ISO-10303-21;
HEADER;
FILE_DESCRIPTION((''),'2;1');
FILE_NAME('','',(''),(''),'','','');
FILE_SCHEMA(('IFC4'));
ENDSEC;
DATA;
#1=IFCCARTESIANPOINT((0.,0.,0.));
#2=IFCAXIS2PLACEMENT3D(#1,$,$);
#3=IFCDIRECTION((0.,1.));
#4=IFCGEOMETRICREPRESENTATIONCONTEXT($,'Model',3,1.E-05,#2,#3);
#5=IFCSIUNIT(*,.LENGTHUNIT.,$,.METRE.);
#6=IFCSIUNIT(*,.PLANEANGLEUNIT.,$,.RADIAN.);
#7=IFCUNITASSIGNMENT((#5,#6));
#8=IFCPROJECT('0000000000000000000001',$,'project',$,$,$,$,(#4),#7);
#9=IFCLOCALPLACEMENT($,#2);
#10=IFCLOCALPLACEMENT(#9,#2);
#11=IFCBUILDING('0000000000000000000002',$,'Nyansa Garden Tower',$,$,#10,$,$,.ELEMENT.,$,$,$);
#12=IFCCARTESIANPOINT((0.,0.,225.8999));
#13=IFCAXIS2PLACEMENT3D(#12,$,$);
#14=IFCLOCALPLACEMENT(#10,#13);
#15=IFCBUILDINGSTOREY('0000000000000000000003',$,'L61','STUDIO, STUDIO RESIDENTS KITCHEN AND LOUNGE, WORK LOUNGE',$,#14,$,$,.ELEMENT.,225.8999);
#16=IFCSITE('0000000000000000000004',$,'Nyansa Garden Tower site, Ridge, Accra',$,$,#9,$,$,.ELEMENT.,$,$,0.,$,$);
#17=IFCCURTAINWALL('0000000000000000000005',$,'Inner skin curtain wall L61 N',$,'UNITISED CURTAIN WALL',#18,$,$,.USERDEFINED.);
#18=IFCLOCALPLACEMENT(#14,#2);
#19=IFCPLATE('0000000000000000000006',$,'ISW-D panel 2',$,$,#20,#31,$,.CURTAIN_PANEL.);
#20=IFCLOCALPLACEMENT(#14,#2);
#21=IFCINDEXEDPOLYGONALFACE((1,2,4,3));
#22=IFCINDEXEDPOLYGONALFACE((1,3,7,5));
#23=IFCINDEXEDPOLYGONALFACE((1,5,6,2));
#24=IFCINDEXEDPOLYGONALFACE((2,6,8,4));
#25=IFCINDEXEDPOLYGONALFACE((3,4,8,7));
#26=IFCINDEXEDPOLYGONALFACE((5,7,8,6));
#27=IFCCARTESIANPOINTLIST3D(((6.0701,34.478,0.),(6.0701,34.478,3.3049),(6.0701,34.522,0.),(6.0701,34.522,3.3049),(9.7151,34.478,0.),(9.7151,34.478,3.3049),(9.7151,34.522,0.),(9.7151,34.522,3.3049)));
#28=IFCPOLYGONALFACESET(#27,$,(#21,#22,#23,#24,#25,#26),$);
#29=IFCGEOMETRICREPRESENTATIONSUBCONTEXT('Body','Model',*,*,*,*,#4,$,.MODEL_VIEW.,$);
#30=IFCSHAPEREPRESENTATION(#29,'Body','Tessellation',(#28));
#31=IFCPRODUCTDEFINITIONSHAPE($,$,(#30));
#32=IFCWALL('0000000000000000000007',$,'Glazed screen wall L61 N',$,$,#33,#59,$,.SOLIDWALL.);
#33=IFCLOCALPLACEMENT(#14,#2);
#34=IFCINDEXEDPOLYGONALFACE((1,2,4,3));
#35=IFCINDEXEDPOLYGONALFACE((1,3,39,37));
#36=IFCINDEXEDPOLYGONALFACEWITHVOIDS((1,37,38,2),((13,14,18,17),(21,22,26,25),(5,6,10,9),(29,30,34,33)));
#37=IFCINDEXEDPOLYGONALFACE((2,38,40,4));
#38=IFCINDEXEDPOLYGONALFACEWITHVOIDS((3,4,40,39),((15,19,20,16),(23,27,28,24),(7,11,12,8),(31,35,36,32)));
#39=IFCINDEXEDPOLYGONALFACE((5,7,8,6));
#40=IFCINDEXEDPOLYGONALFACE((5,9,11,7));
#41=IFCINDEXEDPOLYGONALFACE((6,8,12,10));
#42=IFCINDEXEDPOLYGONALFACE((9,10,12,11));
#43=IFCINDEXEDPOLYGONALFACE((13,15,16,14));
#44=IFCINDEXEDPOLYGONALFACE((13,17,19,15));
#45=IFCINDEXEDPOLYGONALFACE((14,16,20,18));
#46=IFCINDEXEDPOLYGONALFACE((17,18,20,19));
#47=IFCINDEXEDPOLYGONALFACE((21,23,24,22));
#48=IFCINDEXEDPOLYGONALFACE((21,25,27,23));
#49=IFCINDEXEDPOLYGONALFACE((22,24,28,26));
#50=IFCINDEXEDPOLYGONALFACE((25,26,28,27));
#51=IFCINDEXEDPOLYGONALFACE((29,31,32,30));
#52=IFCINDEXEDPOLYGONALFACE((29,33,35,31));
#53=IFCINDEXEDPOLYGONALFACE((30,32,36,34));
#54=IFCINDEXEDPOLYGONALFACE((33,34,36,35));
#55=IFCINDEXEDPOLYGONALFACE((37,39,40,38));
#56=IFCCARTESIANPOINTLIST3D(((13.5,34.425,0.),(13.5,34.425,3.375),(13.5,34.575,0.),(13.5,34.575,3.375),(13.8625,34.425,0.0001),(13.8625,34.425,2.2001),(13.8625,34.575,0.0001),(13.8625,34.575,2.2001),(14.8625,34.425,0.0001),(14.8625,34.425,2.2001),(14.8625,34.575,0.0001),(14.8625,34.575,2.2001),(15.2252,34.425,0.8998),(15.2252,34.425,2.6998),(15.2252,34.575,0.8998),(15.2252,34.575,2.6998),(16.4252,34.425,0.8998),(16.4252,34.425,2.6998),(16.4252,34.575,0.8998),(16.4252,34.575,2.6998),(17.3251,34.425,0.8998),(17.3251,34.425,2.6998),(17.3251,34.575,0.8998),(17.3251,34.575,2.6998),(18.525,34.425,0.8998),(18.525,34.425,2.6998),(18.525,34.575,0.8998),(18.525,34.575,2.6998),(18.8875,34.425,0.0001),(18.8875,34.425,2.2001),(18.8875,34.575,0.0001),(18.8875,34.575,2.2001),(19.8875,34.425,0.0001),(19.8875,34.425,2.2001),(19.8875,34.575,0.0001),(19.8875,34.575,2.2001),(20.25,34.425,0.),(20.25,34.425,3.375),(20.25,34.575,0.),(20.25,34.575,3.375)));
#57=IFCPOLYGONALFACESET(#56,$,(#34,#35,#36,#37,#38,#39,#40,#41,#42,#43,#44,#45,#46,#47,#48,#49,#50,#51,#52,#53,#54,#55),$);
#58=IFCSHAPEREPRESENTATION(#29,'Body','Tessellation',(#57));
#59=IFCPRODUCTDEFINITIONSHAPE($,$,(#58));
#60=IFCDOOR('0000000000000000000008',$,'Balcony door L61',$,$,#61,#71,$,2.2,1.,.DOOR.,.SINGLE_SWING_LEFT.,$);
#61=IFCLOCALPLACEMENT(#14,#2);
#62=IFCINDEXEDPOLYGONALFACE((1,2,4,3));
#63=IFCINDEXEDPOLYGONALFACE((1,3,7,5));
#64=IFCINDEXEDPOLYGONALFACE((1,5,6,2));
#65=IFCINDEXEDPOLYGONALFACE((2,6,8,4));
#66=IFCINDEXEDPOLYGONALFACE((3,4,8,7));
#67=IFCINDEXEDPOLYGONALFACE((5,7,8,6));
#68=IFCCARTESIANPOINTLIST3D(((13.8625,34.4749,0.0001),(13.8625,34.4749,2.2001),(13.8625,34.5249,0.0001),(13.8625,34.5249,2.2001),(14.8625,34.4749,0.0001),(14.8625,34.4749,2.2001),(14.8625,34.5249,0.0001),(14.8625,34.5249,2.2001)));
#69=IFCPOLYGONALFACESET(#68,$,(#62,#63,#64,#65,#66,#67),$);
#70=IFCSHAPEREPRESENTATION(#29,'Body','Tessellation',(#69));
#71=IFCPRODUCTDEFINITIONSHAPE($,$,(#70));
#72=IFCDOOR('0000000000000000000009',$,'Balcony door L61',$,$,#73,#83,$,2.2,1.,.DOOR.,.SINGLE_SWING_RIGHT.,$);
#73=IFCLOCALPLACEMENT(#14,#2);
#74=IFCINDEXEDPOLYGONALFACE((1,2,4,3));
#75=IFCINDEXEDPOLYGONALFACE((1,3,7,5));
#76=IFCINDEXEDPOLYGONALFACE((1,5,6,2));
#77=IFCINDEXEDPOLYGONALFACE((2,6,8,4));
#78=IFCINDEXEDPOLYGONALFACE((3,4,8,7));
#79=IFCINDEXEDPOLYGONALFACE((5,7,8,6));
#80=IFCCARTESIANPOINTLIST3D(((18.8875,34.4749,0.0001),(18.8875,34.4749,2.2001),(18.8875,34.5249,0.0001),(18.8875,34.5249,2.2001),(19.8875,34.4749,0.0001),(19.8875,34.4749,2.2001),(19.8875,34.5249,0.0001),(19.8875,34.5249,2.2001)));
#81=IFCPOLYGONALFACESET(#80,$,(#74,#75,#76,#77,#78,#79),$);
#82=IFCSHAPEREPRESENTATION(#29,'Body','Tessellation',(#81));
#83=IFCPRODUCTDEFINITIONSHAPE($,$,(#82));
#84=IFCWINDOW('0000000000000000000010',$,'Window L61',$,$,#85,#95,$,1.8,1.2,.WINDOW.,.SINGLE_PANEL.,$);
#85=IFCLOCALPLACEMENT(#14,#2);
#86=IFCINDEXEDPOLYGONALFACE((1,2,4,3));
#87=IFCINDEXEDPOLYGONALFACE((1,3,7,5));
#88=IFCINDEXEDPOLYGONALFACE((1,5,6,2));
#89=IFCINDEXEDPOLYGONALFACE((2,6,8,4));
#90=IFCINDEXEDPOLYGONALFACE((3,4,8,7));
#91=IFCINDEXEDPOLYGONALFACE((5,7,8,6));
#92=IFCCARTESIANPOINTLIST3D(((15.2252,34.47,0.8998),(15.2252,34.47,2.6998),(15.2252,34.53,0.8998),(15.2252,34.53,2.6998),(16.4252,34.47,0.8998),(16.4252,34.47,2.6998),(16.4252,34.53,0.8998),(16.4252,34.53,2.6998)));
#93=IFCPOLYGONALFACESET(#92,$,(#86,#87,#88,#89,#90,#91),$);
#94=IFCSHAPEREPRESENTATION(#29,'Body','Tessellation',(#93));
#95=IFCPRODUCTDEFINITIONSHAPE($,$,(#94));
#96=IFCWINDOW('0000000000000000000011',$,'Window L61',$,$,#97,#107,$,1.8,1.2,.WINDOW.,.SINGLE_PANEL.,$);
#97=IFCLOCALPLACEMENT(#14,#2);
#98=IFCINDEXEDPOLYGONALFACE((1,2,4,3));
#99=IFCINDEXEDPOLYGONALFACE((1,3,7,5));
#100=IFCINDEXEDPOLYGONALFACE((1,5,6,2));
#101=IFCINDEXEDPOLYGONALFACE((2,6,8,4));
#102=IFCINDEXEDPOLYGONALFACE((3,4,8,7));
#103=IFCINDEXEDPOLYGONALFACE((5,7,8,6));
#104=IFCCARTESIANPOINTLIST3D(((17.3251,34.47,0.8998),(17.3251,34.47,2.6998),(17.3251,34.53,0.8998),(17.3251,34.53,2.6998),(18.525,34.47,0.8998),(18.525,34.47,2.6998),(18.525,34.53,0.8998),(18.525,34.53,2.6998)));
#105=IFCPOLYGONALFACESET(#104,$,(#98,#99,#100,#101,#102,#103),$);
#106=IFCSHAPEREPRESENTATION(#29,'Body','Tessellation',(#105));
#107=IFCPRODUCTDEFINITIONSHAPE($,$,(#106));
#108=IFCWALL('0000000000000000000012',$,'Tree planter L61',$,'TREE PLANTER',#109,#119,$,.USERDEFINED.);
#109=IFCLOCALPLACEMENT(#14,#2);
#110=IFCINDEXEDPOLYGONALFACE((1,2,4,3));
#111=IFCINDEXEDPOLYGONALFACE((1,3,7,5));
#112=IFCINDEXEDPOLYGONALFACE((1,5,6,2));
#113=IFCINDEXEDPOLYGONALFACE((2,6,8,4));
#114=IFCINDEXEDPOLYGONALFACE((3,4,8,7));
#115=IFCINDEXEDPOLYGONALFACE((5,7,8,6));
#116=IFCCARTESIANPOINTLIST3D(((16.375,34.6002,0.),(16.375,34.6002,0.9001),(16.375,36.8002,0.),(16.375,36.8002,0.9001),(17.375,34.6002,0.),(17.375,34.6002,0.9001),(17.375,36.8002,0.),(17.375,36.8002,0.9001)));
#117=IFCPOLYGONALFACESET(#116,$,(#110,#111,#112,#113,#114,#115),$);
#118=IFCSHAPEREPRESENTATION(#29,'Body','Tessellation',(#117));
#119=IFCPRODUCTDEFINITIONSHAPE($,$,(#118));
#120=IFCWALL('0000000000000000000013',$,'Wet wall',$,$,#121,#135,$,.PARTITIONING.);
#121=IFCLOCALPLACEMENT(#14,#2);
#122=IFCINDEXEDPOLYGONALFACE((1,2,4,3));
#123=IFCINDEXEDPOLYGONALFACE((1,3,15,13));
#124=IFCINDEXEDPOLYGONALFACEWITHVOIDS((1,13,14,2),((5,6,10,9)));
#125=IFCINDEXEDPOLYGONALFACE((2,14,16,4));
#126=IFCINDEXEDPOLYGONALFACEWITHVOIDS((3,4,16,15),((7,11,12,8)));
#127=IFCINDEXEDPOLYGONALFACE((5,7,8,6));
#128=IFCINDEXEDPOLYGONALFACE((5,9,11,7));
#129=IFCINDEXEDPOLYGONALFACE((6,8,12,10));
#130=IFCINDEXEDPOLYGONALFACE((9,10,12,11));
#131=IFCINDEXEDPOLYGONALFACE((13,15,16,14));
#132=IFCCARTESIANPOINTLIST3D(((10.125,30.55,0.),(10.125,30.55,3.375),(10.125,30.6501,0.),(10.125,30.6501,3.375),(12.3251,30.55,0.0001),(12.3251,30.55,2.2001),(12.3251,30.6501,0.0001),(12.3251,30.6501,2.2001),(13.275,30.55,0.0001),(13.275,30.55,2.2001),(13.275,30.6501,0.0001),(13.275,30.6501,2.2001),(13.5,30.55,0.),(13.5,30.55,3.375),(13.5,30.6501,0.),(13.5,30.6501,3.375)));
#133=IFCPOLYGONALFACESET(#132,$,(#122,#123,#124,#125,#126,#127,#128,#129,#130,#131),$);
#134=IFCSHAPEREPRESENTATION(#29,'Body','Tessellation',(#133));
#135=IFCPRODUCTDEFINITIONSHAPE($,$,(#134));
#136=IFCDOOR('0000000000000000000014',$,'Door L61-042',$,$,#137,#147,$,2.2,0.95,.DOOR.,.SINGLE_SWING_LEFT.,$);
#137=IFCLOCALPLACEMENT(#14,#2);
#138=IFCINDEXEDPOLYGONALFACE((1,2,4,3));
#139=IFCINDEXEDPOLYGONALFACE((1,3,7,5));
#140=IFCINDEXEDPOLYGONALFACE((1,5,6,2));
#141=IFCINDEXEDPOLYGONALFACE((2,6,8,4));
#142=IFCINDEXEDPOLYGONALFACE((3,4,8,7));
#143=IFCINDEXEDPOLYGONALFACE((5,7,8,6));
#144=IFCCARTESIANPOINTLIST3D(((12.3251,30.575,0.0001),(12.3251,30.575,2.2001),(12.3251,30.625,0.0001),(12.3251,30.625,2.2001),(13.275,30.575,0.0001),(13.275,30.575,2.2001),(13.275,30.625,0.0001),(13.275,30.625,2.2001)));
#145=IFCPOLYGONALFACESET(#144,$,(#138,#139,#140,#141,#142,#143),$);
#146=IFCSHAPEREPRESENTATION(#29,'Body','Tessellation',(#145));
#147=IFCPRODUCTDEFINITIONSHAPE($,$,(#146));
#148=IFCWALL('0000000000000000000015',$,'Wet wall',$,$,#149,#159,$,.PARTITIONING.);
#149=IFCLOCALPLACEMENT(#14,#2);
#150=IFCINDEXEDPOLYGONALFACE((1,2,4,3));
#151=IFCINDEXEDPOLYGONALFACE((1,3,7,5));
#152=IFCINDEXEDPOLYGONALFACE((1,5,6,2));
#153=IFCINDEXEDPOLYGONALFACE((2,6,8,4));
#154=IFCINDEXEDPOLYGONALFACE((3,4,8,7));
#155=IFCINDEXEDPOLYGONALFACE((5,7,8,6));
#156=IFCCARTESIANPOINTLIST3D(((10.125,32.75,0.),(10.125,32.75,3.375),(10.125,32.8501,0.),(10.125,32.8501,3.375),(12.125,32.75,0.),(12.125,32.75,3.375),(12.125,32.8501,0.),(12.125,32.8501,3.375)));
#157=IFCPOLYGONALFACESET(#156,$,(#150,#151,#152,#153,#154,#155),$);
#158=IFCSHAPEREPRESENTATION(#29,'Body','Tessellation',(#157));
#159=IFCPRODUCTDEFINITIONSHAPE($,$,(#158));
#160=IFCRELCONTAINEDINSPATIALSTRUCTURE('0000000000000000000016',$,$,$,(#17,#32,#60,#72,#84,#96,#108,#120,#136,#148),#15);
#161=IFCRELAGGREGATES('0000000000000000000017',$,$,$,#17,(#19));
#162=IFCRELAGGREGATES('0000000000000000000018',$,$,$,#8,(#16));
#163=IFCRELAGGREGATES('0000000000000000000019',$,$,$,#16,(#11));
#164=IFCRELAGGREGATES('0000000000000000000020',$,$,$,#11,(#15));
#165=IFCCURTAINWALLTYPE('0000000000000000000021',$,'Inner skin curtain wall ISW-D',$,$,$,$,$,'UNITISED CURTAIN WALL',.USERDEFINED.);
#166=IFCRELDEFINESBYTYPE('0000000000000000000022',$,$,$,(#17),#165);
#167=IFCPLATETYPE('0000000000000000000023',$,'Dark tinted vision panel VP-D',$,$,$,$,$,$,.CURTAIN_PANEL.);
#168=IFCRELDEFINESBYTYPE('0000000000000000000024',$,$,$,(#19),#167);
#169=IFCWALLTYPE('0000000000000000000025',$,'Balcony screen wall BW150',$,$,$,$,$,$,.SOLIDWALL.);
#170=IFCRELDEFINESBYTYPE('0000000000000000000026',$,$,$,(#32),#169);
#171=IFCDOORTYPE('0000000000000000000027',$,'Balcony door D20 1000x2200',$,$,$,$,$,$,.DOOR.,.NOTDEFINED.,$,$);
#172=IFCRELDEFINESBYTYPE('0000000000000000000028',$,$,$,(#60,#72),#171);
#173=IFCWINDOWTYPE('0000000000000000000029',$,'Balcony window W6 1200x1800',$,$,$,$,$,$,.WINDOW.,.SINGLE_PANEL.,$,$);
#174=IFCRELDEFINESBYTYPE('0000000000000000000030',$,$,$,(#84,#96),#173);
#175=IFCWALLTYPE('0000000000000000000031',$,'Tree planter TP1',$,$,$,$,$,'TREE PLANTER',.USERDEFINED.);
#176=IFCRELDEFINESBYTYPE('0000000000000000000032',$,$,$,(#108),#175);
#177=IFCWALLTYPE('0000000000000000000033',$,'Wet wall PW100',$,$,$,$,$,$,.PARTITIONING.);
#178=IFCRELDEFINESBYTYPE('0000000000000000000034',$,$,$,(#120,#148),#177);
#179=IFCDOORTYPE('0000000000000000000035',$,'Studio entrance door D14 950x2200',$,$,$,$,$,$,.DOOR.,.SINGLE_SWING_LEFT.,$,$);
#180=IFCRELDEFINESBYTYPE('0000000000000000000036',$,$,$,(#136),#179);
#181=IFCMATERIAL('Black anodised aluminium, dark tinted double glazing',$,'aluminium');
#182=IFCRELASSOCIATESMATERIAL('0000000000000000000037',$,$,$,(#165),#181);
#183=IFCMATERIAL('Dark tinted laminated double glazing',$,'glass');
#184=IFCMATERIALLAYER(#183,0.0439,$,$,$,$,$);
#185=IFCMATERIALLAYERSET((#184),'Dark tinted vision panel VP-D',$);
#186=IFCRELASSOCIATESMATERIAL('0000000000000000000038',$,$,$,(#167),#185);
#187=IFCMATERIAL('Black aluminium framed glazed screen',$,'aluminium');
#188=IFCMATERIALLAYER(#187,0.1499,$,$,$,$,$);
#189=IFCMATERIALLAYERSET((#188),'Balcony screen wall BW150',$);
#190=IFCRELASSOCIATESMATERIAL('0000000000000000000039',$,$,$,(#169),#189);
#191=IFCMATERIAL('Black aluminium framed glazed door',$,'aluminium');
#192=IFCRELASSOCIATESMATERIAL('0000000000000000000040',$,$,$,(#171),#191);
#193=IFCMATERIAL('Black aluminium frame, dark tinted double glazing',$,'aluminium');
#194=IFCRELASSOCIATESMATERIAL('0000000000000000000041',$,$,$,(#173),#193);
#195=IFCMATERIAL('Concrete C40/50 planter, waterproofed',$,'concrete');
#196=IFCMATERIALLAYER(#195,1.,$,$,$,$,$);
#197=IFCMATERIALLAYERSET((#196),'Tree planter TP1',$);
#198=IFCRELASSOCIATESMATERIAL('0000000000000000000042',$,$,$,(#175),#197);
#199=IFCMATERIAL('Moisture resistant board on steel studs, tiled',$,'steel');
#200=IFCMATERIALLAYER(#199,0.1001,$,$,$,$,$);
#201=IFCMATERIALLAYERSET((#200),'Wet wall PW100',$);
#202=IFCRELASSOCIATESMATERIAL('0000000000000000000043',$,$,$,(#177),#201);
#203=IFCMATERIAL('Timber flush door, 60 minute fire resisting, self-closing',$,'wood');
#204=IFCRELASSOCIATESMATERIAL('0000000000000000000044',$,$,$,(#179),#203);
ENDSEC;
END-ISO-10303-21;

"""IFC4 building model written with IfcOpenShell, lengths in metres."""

from ifc_helpers import new_model, si_unit, direction, frame, frame_2d, origin, origin_2d, place, context, subcontext, project, spatial, rectangle, extrude, material, layer, layer_set, type_object, element, fill, aggregate, save


model = new_model("IFC4")

# Units and contexts
model_context = context("Model", 3, precision=1e-05, world=origin(), true_north=direction((0.0, 1.0)))
body_context = subcontext(model_context, "Body", "Model", "MODEL_VIEW")
ifc_project = project(units=[si_unit("LENGTHUNIT", "METRE"), si_unit("PLANEANGLEUNIT", "RADIAN")], contexts=[model_context])

# Site, building, storey
site_placement = place(None, origin())
site = spatial("IfcSite", under=ifc_project, at=site_placement, Name="Nyansa Garden Tower site, Ridge, Accra", CompositionType="ELEMENT", RefElevation=0.0)
building_placement = place(site_placement, origin())
building = spatial("IfcBuilding", under=site, at=building_placement, Name="Nyansa Garden Tower", CompositionType="ELEMENT")
storey_placement = place(building_placement, frame((0.0, 0.0, 225.8999)))
storey = spatial("IfcBuildingStorey", under=building, at=storey_placement, Name="L61", Description="STUDIO, STUDIO RESIDENTS KITCHEN AND LOUNGE, WORK LOUNGE", CompositionType="ELEMENT", Elevation=225.8999)

# Curtain wall
ifc_material_1 = material(Name="Black anodised aluminium, dark tinted double glazing", Category="aluminium")
curtain_wall_type = type_object("IfcCurtainWallType", Name="Inner skin curtain wall ISW-D", ElementType="UNITISED CURTAIN WALL", PredefinedType="USERDEFINED", material=ifc_material_1)
curtain_wall_placement = place(storey_placement, origin())
curtain_wall = element("IfcCurtainWall", 1, at=curtain_wall_placement, inside=storey, type_object=curtain_wall_type, Name="Inner skin curtain wall L61 N", ObjectType="UNITISED CURTAIN WALL", PredefinedType="USERDEFINED")

# Plate
ifc_material_2 = material(Name="Dark tinted laminated double glazing", Category="glass")
ifc_layer_1 = layer(ifc_material_2, 0.0439)
ifc_layer_set_1 = layer_set([ifc_layer_1], Name="Dark tinted vision panel VP-D")
plate_type = type_object("IfcPlateType", Name="Dark tinted vision panel VP-D", PredefinedType="CURTAIN_PANEL", material=ifc_layer_set_1)
plate_1_placement = place(storey_placement, frame((7.8926, 34.5, 0.0), z_axis=(0.0, 0.0, 1.0), x_axis=(-1.0, 0.0, 0.0)))
plate_1 = element("IfcPlate", 2, at=plate_1_placement, type_object=plate_type, Name="ISW-D panel 2", PredefinedType="CURTAIN_PANEL", context=body_context, shape_type="SweptSolid", body=[
    extrude(rectangle(XDim=3.645, YDim=0.0439, at=origin_2d()), origin(), (0.0, 0.0, 1.0), 3.3049),
])
aggregate(curtain_wall, [plate_1])

# Wall, openings, doors, windows
ifc_material_3 = material(Name="Black aluminium framed glazed screen", Category="aluminium")
ifc_layer_2 = layer(ifc_material_3, 0.1499)
ifc_layer_set_2 = layer_set([ifc_layer_2], Name="Balcony screen wall BW150")
wall_type_1 = type_object("IfcWallType", Name="Balcony screen wall BW150", PredefinedType="SOLIDWALL", material=ifc_layer_set_2)
wall_1_placement = place(storey_placement, frame((13.5, 34.5, 0.0), z_axis=(0.0, 0.0, 1.0), x_axis=(1.0, 0.0, 0.0)))
wall_1 = element("IfcWall", 3, at=wall_1_placement, inside=storey, type_object=wall_type_1, Name="Glazed screen wall L61 N", PredefinedType="SOLIDWALL", context=body_context, shape_type="SweptSolid", body=[
    extrude(rectangle(XDim=6.75, YDim=0.1499, at=frame_2d((3.375, 0.0))), origin(), (0.0, 0.0, 1.0), 3.375),
])
opening_1_placement = place(wall_1_placement, frame((0.3625, 0.0, 0.0)))
opening_1 = element("IfcOpeningElement", 4, at=opening_1_placement, cuts=wall_1, PredefinedType="OPENING", context=body_context, shape_type="SweptSolid", body=[
    extrude(rectangle(XDim=1.0, YDim=2.2, at=frame_2d((0.5, 1.1001))), frame((0.0, 0.085, 0.0), z_axis=(0.0, -1.0, 0.0), x_axis=(1.0, 0.0, 0.0)), (0.0, 0.0, 1.0), 0.1699),
])
opening_2_placement = place(wall_1_placement, frame((1.7251, 0.0, 0.8999)))
opening_2 = element("IfcOpeningElement", 5, at=opening_2_placement, cuts=wall_1, PredefinedType="OPENING", context=body_context, shape_type="SweptSolid", body=[
    extrude(rectangle(XDim=1.2, YDim=1.8, at=frame_2d((0.6001, 0.8999))), frame((0.0, 0.085, 0.0), z_axis=(0.0, -1.0, 0.0), x_axis=(1.0, 0.0, 0.0)), (0.0, 0.0, 1.0), 0.1699),
])
opening_3_placement = place(wall_1_placement, frame((5.3875, 0.0, 0.0)))
opening_3 = element("IfcOpeningElement", 6, at=opening_3_placement, cuts=wall_1, PredefinedType="OPENING", context=body_context, shape_type="SweptSolid", body=[
    extrude(rectangle(XDim=1.0, YDim=2.2, at=frame_2d((0.5, 1.1001))), frame((0.0, 0.085, 0.0), z_axis=(0.0, -1.0, 0.0), x_axis=(1.0, 0.0, 0.0)), (0.0, 0.0, 1.0), 0.1699),
])
opening_4_placement = place(wall_1_placement, frame((3.825, 0.0, 0.8999)))
opening_4 = element("IfcOpeningElement", 7, at=opening_4_placement, cuts=wall_1, PredefinedType="OPENING", context=body_context, shape_type="SweptSolid", body=[
    extrude(rectangle(XDim=1.2, YDim=1.8, at=frame_2d((0.6001, 0.8999))), frame((0.0, 0.085, 0.0), z_axis=(0.0, -1.0, 0.0), x_axis=(1.0, 0.0, 0.0)), (0.0, 0.0, 1.0), 0.1699),
])
ifc_material_4 = material(Name="Black aluminium framed glazed door", Category="aluminium")
door_type_1 = type_object("IfcDoorType", Name="Balcony door D20 1000x2200", OperationType="NOTDEFINED", PredefinedType="DOOR", material=ifc_material_4)
door_1_placement = place(opening_1_placement, origin())
door_1 = element("IfcDoor", 8, at=door_1_placement, inside=storey, type_object=door_type_1, Name="Balcony door L61", OperationType="SINGLE_SWING_LEFT", OverallHeight=2.2, OverallWidth=1.0, PredefinedType="DOOR", context=body_context, shape_type="SweptSolid", body=[
    extrude(rectangle(XDim=1.0, YDim=2.2, at=frame_2d((0.5, 1.1001))), frame((0.0, 0.0249, 0.0), z_axis=(0.0, -1.0, 0.0), x_axis=(1.0, 0.0, 0.0)), (0.0, 0.0, 1.0), 0.05),
])
fill(opening_1, door_1)
door_2_placement = place(opening_3_placement, origin())
door_2 = element("IfcDoor", 9, at=door_2_placement, inside=storey, type_object=door_type_1, Name="Balcony door L61", OperationType="SINGLE_SWING_RIGHT", OverallHeight=2.2, OverallWidth=1.0, PredefinedType="DOOR", context=body_context, shape_type="SweptSolid", body=[
    extrude(rectangle(XDim=1.0, YDim=2.2, at=frame_2d((0.5, 1.1001))), frame((0.0, 0.0249, 0.0), z_axis=(0.0, -1.0, 0.0), x_axis=(1.0, 0.0, 0.0)), (0.0, 0.0, 1.0), 0.05),
])
fill(opening_3, door_2)
ifc_material_5 = material(Name="Black aluminium frame, dark tinted double glazing", Category="aluminium")
window_type = type_object("IfcWindowType", Name="Balcony window W6 1200x1800", PartitioningType="SINGLE_PANEL", PredefinedType="WINDOW", material=ifc_material_5)
window_1_placement = place(opening_2_placement, origin())
window_1 = element("IfcWindow", 10, at=window_1_placement, inside=storey, type_object=window_type, Name="Window L61", OverallHeight=1.8, OverallWidth=1.2, PartitioningType="SINGLE_PANEL", PredefinedType="WINDOW", context=body_context, shape_type="SweptSolid", body=[
    extrude(rectangle(XDim=1.2, YDim=1.8, at=frame_2d((0.6001, 0.8999))), frame((0.0, 0.03, 0.0), z_axis=(0.0, -1.0, 0.0), x_axis=(1.0, 0.0, 0.0)), (0.0, 0.0, 1.0), 0.0601),
])
fill(opening_2, window_1)
window_2_placement = place(opening_4_placement, origin())
window_2 = element("IfcWindow", 11, at=window_2_placement, inside=storey, type_object=window_type, Name="Window L61", OverallHeight=1.8, OverallWidth=1.2, PartitioningType="SINGLE_PANEL", PredefinedType="WINDOW", context=body_context, shape_type="SweptSolid", body=[
    extrude(rectangle(XDim=1.2, YDim=1.8, at=frame_2d((0.6001, 0.8999))), frame((0.0, 0.03, 0.0), z_axis=(0.0, -1.0, 0.0), x_axis=(1.0, 0.0, 0.0)), (0.0, 0.0, 1.0), 0.0601),
])
fill(opening_4, window_2)

# Wall
ifc_material_6 = material(Name="Concrete C40/50 planter, waterproofed", Category="concrete")
ifc_layer_3 = layer(ifc_material_6, 1.0)
ifc_layer_set_3 = layer_set([ifc_layer_3], Name="Tree planter TP1")
wall_type_2 = type_object("IfcWallType", Name="Tree planter TP1", ElementType="TREE PLANTER", PredefinedType="USERDEFINED", material=ifc_layer_set_3)
wall_2_placement = place(storey_placement, frame((16.875, 34.6001, 0.0), z_axis=(0.0, 0.0, 1.0), x_axis=(0.0, 1.0, 0.0)))
element("IfcWall", 12, at=wall_2_placement, inside=storey, type_object=wall_type_2, Name="Tree planter L61", ObjectType="TREE PLANTER", PredefinedType="USERDEFINED", context=body_context, shape_type="SweptSolid", body=[
    extrude(rectangle(XDim=2.2, YDim=1.0, at=frame_2d((1.1001, 0.0))), origin(), (0.0, 0.0, 1.0), 0.9001),
])

# Wall, opening, door
ifc_material_7 = material(Name="Moisture resistant board on steel studs, tiled", Category="steel")
ifc_layer_4 = layer(ifc_material_7, 0.1001)
ifc_layer_set_4 = layer_set([ifc_layer_4], Name="Wet wall PW100")
wall_type_3 = type_object("IfcWallType", Name="Wet wall PW100", PredefinedType="PARTITIONING", material=ifc_layer_set_4)
wall_3_placement = place(storey_placement, frame((10.125, 30.6001, 0.0), z_axis=(0.0, 0.0, 1.0), x_axis=(1.0, 0.0, 0.0)))
wall_3 = element("IfcWall", 13, at=wall_3_placement, inside=storey, type_object=wall_type_3, Name="Wet wall", PredefinedType="PARTITIONING", context=body_context, shape_type="SweptSolid", body=[
    extrude(rectangle(XDim=3.375, YDim=0.1001, at=frame_2d((1.6875, 0.0))), origin(), (0.0, 0.0, 1.0), 3.375),
])
opening_5_placement = place(wall_3_placement, frame((2.2, 0.0, 0.0)))
opening_5 = element("IfcOpeningElement", 14, at=opening_5_placement, cuts=wall_3, PredefinedType="OPENING", context=body_context, shape_type="SweptSolid", body=[
    extrude(rectangle(XDim=0.95, YDim=2.2, at=frame_2d((0.4751, 1.1001))), frame((0.0, 0.0601, 0.0), z_axis=(0.0, -1.0, 0.0), x_axis=(1.0, 0.0, 0.0)), (0.0, 0.0, 1.0), 0.1201),
])
ifc_material_8 = material(Name="Timber flush door, 60 minute fire resisting, self-closing", Category="wood")
door_type_2 = type_object("IfcDoorType", Name="Studio entrance door D14 950x2200", OperationType="SINGLE_SWING_LEFT", PredefinedType="DOOR", material=ifc_material_8)
door_3_placement = place(opening_5_placement, origin())
door_3 = element("IfcDoor", 15, at=door_3_placement, inside=storey, type_object=door_type_2, Name="Door L61-042", OperationType="SINGLE_SWING_LEFT", OverallHeight=2.2, OverallWidth=0.95, PredefinedType="DOOR", context=body_context, shape_type="SweptSolid", body=[
    extrude(rectangle(XDim=0.95, YDim=2.2, at=frame_2d((0.4751, 1.1001))), frame((0.0, 0.0249, 0.0), z_axis=(0.0, -1.0, 0.0), x_axis=(1.0, 0.0, 0.0)), (0.0, 0.0, 1.0), 0.05),
])
fill(opening_5, door_3)

# Wall
wall_4_placement = place(storey_placement, frame((10.125, 32.8, 0.0), z_axis=(0.0, 0.0, 1.0), x_axis=(1.0, 0.0, 0.0)))
element("IfcWall", 16, at=wall_4_placement, inside=storey, type_object=wall_type_3, Name="Wet wall", PredefinedType="PARTITIONING", context=body_context, shape_type="SweptSolid", body=[
    extrude(rectangle(XDim=2.0, YDim=0.1001, at=frame_2d((1.0, 0.0))), origin(), (0.0, 0.0, 1.0), 3.375),
])

save(model, "model.ifc")
